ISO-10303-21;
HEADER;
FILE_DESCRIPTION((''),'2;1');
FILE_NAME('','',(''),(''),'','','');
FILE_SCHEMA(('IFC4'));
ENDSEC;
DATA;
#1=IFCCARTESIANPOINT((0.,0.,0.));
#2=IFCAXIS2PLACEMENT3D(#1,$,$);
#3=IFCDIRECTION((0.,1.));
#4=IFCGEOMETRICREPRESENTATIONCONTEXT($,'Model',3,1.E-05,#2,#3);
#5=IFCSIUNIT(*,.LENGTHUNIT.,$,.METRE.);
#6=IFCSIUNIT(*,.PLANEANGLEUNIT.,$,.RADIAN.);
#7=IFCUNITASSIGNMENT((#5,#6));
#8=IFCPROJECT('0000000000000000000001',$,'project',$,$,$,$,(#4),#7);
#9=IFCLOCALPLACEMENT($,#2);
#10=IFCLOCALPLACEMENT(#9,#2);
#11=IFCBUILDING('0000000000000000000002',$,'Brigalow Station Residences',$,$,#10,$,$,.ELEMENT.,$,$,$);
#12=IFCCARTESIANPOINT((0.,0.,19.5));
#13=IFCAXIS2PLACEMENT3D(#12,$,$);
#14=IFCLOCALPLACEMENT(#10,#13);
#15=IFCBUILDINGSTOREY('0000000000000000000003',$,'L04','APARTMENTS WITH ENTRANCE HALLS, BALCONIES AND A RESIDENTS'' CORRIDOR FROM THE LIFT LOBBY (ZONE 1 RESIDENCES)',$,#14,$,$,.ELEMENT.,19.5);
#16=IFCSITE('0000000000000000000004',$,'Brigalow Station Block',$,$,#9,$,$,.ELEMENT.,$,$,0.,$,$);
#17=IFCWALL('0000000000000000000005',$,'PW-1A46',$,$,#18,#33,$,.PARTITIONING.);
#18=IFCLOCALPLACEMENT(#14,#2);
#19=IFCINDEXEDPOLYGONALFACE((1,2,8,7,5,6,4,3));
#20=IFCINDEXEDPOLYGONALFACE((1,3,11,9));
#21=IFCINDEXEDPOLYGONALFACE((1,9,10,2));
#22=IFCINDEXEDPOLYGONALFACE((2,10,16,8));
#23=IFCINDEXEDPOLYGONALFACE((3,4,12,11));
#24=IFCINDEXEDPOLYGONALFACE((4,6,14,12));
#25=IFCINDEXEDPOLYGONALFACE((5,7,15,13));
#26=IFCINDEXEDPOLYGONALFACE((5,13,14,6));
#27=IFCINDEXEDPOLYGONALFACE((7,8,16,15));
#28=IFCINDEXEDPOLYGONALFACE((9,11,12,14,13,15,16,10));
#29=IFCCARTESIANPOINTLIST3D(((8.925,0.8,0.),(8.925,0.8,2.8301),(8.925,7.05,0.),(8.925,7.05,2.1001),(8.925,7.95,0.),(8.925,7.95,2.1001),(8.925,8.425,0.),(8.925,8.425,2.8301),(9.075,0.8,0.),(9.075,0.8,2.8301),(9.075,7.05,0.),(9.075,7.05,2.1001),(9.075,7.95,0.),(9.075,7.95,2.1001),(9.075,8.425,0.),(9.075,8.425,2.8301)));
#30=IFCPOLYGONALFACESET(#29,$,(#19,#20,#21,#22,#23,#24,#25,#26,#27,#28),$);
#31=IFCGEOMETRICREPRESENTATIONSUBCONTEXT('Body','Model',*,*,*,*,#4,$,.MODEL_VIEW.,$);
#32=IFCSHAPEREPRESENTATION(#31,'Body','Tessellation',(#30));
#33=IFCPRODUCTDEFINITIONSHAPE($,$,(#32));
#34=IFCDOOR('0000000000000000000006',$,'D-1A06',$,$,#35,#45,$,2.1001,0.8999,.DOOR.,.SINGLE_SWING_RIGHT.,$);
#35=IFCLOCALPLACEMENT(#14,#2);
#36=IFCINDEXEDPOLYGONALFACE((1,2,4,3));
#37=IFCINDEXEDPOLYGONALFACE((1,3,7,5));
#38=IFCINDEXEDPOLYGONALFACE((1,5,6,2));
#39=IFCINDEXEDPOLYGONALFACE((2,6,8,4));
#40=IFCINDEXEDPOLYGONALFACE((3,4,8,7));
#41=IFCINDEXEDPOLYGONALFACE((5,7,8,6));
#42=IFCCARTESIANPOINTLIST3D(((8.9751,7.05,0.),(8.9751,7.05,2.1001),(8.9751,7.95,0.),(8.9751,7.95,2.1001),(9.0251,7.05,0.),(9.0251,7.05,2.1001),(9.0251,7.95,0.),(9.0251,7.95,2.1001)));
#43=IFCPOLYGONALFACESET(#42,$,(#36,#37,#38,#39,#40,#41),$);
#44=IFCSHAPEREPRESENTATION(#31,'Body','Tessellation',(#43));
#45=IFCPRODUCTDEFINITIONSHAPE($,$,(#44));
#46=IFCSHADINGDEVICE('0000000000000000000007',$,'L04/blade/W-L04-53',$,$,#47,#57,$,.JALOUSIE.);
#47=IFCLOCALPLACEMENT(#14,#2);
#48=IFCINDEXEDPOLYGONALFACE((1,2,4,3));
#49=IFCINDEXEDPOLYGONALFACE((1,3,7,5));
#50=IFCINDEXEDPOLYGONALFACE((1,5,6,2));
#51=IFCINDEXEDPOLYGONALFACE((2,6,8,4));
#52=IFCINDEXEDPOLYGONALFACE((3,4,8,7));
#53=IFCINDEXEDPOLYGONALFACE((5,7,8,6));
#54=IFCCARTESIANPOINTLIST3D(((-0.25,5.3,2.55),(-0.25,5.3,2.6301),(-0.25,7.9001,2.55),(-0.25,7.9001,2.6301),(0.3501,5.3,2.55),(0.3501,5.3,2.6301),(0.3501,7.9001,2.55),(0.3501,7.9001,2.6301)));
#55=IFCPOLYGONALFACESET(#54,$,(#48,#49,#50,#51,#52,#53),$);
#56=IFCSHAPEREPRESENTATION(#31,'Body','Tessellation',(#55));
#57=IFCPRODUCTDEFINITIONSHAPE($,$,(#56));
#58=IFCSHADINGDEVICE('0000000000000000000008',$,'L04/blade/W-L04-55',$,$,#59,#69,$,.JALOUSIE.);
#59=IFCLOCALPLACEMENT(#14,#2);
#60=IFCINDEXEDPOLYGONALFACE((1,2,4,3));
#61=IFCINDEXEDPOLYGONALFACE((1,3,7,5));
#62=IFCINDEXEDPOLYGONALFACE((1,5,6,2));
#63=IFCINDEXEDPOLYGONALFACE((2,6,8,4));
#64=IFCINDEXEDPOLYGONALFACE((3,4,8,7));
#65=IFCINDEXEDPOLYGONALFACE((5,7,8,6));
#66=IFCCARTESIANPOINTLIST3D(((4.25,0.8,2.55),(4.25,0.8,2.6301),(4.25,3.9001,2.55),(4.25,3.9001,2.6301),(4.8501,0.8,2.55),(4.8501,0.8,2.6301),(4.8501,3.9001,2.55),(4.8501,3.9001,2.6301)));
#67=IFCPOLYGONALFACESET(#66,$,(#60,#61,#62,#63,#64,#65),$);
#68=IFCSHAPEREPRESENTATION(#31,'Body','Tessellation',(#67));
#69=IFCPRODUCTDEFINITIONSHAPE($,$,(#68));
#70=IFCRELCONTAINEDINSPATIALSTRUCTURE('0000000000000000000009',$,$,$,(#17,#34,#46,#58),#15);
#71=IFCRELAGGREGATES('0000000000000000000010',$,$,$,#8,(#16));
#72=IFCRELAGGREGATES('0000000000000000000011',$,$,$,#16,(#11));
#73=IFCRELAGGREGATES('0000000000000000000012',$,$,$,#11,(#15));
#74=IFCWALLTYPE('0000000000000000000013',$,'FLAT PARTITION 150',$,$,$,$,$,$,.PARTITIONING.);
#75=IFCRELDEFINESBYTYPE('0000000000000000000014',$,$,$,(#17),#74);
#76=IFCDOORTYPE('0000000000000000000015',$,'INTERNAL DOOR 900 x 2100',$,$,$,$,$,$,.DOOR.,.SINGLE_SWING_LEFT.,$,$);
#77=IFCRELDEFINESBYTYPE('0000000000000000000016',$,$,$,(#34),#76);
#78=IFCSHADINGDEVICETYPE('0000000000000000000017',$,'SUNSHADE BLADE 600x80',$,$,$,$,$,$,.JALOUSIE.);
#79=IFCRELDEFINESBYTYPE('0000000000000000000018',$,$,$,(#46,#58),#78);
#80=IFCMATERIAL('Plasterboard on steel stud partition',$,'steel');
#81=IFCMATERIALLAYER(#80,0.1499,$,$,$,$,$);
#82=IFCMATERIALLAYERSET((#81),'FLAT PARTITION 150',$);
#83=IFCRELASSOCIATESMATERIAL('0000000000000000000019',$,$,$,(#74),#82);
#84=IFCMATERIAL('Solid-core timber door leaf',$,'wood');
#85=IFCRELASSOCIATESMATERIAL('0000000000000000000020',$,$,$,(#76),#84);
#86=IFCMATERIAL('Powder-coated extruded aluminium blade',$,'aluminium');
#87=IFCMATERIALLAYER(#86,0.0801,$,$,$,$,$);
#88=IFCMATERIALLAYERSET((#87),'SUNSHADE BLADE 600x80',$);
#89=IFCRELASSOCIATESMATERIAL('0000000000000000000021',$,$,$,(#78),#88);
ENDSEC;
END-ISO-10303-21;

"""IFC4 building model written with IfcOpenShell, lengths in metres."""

from ifc_helpers import new_model, si_unit, direction, frame, frame_2d, origin, origin_2d, place, context, subcontext, project, spatial, rectangle, extrude, material, layer, layer_set, type_object, element, fill, save


model = new_model("IFC4")

# Units and contexts
model_context = context("Model", 3, precision=1e-05, world=origin(), true_north=direction((0.0, 1.0)))
body_context = subcontext(model_context, "Body", "Model", "MODEL_VIEW")
ifc_project = project(units=[si_unit("LENGTHUNIT", "METRE"), si_unit("PLANEANGLEUNIT", "RADIAN")], contexts=[model_context])

# Site, building, storey
site_placement = place(None, origin())
site = spatial("IfcSite", under=ifc_project, at=site_placement, Name="Brigalow Station Block", CompositionType="ELEMENT", RefElevation=0.0)
building_placement = place(site_placement, origin())
building = spatial("IfcBuilding", under=site, at=building_placement, Name="Brigalow Station Residences", CompositionType="ELEMENT")
storey_placement = place(building_placement, frame((0.0, 0.0, 19.5)))
storey = spatial("IfcBuildingStorey", under=building, at=storey_placement, Name="L04", Description="APARTMENTS WITH ENTRANCE HALLS, BALCONIES AND A RESIDENTS' CORRIDOR FROM THE LIFT LOBBY (ZONE 1 RESIDENCES)", CompositionType="ELEMENT", Elevation=19.5)

# Shared definitions
ifc_material_1 = material(Name="Plasterboard on steel stud partition", Category="steel")
ifc_layer_1 = layer(ifc_material_1, 0.1499)
ifc_layer_set_1 = layer_set([ifc_layer_1], Name="FLAT PARTITION 150")
wall_type_1 = type_object("IfcWallType", Name="FLAT PARTITION 150", PredefinedType="PARTITIONING", material=ifc_layer_set_1)
ifc_material_2 = material(Name="Solid-core timber door leaf", Category="wood")
door_type = type_object("IfcDoorType", Name="INTERNAL DOOR 900 x 2100", OperationType="SINGLE_SWING_LEFT", PredefinedType="DOOR", material=ifc_material_2)

# Wall, opening, door
wall_1_placement = place(storey_placement, frame((9.0, 0.8, 0.0), z_axis=(0.0, 0.0, 1.0), x_axis=(0.0, 1.0, 0.0)))
wall_1 = element("IfcWall", 1, at=wall_1_placement, inside=storey, type_object=wall_type_1, Name="PW-1A46", PredefinedType="PARTITIONING", context=body_context, shape_type="SweptSolid", body=[
    extrude(rectangle(XDim=7.625, YDim=0.1499, at=frame_2d((3.8125, 0.0))), origin(), (0.0, 0.0, 1.0), 2.8301),
])
opening_1_placement = place(wall_1_placement, frame((6.25, 0.0, 0.0)))
opening_1 = element("IfcOpeningElement", 2, at=opening_1_placement, cuts=wall_1, PredefinedType="OPENING", context=body_context, shape_type="SweptSolid", body=[
    extrude(rectangle(XDim=0.8999, YDim=2.1001, at=frame_2d((0.45, 1.05))), frame((0.0, 0.085, 0.0), z_axis=(0.0, -1.0, 0.0), x_axis=(1.0, 0.0, 0.0)), (0.0, 0.0, 1.0), 0.1699),
])
door_1_placement = place(opening_1_placement, origin())
door_1 = element("IfcDoor", 3, at=door_1_placement, inside=storey, type_object=door_type, Name="D-1A06", OperationType="SINGLE_SWING_RIGHT", OverallHeight=2.1001, OverallWidth=0.8999, PredefinedType="DOOR", context=body_context, shape_type="SweptSolid", body=[
    extrude(rectangle(XDim=0.8999, YDim=2.1001, at=frame_2d((0.45, 1.05))), frame((0.0, 0.0249, 0.0), z_axis=(0.0, -1.0, 0.0), x_axis=(1.0, 0.0, 0.0)), (0.0, 0.0, 1.0), 0.05),
])
fill(opening_1, door_1)

# Shading devices
ifc_material_3 = material(Name="Powder-coated extruded aluminium blade", Category="aluminium")
ifc_layer_2 = layer(ifc_material_3, 0.0801)
ifc_layer_set_2 = layer_set([ifc_layer_2], Name="SUNSHADE BLADE 600x80")
shading_device_type = type_object("IfcShadingDeviceType", Name="SUNSHADE BLADE 600x80", PredefinedType="JALOUSIE", material=ifc_layer_set_2)
shading_device_1_placement = place(storey_placement, frame((0.05, 6.6001, 2.55), z_axis=(0.0, 0.0, 1.0), x_axis=(0.0, -1.0, 0.0)))
element("IfcShadingDevice", 4, at=shading_device_1_placement, inside=storey, type_object=shading_device_type, Name="L04/blade/W-L04-53", PredefinedType="JALOUSIE", context=body_context, shape_type="SweptSolid", body=[
    extrude(rectangle(XDim=2.6001, YDim=0.6001, at=origin_2d()), origin(), (0.0, 0.0, 1.0), 0.0801),
])
shading_device_2_placement = place(storey_placement, frame((4.55, 2.3501, 2.55), z_axis=(0.0, 0.0, 1.0), x_axis=(0.0, -1.0, 0.0)))
element("IfcShadingDevice", 5, at=shading_device_2_placement, inside=storey, type_object=shading_device_type, Name="L04/blade/W-L04-55", PredefinedType="JALOUSIE", context=body_context, shape_type="SweptSolid", body=[
    extrude(rectangle(XDim=3.1001, YDim=0.6001, at=origin_2d()), origin(), (0.0, 0.0, 1.0), 0.0801),
])

save(model, "model.ifc")
